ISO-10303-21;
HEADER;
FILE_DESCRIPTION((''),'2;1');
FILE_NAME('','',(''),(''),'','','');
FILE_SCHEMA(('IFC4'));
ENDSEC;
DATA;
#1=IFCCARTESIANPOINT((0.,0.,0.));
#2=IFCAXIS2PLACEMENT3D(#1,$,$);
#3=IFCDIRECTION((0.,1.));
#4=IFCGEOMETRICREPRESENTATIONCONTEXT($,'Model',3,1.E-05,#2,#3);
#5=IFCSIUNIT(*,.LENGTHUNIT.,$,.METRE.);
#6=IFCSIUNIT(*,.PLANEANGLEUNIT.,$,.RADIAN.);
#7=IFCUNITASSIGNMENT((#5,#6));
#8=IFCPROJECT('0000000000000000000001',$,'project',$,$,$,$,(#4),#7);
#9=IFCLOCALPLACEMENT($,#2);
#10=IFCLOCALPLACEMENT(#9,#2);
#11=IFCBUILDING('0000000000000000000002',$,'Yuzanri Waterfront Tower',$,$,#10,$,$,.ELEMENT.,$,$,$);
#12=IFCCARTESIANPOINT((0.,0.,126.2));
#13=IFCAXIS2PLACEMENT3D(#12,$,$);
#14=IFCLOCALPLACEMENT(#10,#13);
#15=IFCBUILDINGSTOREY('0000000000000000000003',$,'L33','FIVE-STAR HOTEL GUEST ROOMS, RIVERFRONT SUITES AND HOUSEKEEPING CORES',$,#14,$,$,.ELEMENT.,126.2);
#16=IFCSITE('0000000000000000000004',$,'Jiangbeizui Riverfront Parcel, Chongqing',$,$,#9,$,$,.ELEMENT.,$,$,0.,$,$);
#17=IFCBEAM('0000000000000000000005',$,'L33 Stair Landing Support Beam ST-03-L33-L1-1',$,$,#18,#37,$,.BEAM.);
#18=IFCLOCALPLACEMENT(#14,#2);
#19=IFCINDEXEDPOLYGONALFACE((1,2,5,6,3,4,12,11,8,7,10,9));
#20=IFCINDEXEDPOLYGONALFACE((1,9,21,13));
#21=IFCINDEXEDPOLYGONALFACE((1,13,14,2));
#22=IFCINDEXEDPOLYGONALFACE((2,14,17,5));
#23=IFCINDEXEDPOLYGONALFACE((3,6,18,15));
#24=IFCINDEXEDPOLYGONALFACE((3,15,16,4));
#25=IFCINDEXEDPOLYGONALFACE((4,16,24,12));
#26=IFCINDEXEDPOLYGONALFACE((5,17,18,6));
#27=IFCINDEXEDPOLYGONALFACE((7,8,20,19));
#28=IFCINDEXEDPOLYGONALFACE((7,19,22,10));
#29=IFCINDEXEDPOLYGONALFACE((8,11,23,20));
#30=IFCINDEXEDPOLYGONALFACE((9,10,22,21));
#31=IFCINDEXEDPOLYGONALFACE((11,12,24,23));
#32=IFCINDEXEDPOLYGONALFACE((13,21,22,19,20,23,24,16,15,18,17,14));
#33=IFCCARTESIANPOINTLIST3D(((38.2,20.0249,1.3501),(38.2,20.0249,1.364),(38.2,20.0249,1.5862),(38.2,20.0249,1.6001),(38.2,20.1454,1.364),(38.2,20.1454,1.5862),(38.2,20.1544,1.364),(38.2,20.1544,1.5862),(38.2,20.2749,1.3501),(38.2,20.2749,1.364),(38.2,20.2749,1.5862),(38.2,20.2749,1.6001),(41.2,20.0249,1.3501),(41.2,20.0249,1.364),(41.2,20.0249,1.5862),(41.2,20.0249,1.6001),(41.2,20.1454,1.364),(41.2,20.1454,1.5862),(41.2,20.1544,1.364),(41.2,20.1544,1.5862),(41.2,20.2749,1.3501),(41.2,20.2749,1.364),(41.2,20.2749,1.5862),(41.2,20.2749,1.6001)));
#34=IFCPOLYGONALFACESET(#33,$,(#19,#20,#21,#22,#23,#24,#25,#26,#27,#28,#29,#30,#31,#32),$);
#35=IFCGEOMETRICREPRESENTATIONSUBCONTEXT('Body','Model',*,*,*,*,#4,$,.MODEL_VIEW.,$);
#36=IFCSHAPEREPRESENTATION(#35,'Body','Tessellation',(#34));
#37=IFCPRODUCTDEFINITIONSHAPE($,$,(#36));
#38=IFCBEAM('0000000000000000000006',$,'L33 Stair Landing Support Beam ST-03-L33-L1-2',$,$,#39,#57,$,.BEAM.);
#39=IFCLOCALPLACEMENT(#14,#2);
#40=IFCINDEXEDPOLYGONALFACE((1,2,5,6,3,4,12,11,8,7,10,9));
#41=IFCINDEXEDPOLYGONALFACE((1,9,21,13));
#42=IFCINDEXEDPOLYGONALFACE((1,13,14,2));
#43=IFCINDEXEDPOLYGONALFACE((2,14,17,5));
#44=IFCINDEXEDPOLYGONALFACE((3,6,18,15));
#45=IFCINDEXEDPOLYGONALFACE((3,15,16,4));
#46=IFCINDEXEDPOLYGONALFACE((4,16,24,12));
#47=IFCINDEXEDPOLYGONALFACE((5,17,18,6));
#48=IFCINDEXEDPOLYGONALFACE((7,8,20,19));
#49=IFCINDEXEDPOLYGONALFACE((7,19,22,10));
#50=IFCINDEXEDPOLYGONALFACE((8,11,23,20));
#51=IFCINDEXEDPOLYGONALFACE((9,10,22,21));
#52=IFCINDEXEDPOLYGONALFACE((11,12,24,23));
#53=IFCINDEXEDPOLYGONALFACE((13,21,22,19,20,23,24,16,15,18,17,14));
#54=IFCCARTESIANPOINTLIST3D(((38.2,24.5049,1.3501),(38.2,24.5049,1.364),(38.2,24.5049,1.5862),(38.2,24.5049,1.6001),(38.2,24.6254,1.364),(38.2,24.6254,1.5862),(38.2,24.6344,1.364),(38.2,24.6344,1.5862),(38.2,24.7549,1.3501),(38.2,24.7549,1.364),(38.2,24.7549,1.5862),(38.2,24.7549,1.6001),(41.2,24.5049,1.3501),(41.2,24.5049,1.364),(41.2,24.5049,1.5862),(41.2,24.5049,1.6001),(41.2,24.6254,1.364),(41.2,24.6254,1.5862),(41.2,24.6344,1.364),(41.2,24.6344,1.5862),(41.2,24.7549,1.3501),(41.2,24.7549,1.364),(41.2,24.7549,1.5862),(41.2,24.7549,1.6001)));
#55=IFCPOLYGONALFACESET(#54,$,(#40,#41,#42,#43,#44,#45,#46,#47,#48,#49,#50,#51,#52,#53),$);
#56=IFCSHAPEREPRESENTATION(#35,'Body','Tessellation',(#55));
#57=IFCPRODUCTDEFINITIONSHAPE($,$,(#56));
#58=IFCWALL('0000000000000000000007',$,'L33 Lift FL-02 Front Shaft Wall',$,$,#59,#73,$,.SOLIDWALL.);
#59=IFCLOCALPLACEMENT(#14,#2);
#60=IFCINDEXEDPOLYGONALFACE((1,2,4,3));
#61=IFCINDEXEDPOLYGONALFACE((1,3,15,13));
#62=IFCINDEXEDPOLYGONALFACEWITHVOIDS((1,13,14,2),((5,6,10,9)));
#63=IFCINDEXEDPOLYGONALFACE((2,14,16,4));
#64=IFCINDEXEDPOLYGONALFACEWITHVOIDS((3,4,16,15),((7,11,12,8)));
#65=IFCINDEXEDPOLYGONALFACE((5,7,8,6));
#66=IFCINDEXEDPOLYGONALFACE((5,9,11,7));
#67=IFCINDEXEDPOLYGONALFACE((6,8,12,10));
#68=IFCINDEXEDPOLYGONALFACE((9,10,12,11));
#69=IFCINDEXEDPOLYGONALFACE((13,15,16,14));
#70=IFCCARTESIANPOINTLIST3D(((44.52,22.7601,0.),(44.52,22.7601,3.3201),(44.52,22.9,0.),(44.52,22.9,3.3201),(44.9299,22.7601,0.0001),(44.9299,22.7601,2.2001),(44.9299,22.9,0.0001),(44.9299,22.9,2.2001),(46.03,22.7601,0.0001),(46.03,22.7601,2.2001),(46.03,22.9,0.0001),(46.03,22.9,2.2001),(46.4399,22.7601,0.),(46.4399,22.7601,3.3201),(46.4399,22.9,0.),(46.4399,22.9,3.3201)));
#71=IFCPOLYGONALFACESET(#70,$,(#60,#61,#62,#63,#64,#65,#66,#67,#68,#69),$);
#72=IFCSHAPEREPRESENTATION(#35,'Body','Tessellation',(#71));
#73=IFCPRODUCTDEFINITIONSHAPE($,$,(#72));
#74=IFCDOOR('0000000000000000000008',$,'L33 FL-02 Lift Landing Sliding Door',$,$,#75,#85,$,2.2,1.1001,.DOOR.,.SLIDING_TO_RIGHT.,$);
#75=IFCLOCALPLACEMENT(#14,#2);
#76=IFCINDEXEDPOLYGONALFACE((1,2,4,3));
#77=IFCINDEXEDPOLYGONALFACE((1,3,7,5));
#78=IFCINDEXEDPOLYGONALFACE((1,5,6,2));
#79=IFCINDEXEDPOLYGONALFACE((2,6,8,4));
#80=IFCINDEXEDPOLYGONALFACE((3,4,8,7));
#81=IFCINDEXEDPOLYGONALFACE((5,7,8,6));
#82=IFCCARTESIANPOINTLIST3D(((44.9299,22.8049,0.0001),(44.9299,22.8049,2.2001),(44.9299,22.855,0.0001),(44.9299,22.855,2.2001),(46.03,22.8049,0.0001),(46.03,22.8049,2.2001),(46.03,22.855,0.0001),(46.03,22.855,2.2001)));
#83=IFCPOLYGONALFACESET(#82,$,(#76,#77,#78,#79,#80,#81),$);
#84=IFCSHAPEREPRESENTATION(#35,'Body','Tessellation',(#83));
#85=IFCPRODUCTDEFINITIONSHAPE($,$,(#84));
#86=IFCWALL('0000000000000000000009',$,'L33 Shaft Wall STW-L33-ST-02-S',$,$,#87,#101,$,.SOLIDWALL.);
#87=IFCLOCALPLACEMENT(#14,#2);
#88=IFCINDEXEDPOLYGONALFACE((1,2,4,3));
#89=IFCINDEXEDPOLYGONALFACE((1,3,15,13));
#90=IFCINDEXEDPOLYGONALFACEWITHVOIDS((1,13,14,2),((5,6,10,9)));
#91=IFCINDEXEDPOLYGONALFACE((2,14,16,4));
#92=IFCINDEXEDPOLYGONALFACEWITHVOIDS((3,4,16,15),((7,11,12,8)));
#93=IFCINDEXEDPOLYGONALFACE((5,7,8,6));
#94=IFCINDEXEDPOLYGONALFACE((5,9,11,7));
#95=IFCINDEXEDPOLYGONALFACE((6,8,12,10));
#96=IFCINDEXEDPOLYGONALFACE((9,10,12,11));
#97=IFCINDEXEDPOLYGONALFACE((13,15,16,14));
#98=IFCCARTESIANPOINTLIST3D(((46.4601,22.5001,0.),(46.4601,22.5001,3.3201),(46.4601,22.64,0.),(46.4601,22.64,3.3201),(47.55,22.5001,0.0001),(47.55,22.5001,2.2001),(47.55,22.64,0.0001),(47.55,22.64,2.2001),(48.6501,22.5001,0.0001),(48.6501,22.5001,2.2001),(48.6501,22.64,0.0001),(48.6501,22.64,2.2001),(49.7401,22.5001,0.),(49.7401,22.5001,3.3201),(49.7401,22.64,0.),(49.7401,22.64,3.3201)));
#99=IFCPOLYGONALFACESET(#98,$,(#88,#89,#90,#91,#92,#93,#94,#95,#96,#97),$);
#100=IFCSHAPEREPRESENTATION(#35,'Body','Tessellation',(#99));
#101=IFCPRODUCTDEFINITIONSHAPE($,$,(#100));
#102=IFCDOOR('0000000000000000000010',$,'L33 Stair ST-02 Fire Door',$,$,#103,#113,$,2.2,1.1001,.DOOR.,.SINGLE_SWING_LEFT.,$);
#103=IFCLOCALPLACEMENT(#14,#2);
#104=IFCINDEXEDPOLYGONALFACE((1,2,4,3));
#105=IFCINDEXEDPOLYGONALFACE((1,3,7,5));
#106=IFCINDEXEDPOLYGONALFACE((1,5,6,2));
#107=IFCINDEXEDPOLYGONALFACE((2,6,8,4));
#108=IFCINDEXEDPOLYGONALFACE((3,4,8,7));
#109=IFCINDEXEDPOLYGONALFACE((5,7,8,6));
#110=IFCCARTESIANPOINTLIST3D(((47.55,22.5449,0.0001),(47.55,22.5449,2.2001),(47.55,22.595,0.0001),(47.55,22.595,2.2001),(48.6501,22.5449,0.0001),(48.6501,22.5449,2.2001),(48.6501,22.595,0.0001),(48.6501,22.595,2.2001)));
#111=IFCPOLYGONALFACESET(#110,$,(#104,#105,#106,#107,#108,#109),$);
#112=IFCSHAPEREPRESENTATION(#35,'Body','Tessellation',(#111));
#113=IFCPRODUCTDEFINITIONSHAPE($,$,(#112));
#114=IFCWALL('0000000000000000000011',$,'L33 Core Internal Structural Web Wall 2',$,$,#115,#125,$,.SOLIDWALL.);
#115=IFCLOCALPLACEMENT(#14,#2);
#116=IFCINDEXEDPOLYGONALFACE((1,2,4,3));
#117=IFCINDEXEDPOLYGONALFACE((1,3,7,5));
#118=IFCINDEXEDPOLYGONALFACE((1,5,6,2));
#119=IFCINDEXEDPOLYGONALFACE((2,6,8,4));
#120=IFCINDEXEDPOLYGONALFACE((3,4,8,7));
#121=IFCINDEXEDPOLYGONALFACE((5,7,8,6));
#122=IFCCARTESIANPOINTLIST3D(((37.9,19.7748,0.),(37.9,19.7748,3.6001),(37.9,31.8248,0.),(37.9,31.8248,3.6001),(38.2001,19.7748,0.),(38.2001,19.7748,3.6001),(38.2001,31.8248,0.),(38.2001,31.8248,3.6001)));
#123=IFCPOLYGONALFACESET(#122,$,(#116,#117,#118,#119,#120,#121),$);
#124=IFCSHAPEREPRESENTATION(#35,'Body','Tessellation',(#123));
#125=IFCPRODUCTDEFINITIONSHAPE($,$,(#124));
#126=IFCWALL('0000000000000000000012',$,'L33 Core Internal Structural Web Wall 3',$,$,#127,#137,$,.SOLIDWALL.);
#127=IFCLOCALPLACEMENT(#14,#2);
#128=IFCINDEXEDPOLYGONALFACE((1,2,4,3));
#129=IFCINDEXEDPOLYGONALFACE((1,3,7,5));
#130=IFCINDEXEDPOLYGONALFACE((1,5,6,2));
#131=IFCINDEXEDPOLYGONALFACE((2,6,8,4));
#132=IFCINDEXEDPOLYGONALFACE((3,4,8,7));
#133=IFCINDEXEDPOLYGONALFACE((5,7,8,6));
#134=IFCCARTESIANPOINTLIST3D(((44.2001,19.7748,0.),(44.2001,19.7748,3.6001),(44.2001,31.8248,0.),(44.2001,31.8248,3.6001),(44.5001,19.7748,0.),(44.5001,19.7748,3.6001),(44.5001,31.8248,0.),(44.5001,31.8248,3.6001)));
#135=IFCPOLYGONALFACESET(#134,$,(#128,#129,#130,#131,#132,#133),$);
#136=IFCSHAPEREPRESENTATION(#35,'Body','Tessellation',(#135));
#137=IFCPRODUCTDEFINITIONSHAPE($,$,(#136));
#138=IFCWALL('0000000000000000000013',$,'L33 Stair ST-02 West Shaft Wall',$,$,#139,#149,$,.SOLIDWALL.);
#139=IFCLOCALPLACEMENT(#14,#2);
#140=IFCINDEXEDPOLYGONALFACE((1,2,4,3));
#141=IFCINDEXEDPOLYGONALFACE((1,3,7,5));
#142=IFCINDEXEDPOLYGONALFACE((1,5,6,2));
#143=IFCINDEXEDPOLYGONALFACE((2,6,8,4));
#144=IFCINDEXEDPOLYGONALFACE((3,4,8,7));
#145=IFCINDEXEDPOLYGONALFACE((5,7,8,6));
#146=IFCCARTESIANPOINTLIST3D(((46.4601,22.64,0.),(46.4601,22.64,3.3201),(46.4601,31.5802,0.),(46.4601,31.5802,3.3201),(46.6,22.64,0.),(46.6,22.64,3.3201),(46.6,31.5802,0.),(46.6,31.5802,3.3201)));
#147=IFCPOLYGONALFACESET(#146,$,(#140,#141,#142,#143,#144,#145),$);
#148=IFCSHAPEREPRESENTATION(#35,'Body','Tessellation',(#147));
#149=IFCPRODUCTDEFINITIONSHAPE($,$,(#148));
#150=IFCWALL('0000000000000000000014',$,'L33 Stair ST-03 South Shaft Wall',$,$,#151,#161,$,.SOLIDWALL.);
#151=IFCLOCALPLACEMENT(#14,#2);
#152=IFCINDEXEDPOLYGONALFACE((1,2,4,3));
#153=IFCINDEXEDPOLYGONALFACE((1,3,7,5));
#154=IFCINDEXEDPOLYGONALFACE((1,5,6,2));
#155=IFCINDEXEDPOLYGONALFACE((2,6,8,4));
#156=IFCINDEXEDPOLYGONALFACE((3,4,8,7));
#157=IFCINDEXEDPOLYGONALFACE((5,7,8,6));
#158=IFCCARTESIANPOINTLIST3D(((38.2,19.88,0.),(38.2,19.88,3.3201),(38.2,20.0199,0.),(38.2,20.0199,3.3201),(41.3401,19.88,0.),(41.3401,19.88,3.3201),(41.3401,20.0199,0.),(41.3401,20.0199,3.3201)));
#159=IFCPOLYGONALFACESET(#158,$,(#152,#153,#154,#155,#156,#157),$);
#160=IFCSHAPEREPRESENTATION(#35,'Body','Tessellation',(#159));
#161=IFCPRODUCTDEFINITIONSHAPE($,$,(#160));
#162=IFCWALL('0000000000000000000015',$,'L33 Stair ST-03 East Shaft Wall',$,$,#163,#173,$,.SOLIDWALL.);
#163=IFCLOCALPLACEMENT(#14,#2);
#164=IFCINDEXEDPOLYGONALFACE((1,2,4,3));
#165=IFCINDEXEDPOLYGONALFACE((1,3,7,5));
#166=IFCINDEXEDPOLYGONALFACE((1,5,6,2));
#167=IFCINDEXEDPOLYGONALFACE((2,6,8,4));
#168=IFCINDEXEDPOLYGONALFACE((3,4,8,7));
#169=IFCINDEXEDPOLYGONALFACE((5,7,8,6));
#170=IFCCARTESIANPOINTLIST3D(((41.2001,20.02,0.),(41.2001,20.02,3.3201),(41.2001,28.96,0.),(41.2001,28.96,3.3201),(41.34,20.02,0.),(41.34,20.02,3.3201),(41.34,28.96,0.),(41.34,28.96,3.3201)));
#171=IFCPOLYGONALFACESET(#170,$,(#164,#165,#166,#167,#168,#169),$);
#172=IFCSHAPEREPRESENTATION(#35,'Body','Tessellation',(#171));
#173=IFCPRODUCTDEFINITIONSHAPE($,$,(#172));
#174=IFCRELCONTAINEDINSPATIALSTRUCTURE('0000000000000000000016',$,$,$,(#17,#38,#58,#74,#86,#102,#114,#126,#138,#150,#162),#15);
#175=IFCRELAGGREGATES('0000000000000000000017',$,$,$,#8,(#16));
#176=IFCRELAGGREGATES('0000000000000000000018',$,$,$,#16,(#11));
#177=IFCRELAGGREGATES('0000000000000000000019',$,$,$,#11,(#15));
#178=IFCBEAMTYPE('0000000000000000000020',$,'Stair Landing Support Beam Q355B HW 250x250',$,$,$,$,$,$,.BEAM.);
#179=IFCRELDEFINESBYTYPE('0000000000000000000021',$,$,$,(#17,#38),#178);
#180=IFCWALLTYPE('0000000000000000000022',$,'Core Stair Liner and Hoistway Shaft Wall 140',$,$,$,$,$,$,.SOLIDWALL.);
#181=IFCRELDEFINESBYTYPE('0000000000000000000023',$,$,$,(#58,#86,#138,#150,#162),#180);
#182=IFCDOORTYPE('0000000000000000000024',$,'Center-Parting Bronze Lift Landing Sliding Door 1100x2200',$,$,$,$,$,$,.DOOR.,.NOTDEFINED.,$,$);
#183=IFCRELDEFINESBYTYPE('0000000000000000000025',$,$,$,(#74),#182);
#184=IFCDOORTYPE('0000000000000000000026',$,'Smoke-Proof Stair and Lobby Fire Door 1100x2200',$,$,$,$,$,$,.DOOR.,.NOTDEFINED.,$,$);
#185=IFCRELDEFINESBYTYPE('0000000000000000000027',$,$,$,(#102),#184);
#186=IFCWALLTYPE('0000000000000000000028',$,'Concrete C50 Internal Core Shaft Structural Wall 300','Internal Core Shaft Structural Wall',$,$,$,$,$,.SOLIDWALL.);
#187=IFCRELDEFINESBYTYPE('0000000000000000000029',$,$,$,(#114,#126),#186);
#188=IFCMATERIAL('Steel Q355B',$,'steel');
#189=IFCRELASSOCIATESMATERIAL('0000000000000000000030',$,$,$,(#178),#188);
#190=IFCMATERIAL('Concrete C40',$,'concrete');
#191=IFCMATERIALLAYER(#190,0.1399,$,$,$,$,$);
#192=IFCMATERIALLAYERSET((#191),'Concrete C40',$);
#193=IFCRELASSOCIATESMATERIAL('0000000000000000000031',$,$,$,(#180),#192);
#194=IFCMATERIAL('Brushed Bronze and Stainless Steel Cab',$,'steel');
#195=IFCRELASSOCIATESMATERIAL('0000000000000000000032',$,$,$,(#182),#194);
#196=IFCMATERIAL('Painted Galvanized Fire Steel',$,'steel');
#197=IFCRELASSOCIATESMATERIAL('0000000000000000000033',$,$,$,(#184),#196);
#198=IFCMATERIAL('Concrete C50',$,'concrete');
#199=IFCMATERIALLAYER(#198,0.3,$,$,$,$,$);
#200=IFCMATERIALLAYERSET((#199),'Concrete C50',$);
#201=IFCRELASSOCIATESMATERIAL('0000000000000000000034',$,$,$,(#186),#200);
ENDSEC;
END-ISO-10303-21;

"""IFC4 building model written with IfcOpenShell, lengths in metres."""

from ifc_helpers import new_model, si_unit, direction, frame, frame_2d, origin, origin_2d, place, context, subcontext, project, spatial, rectangle, i_section, extrude, source, transform, mapped, material, layer, layer_set, material_profile, profile_set, type_object, element, fill, save


model = new_model("IFC4")

# Units and contexts
model_context = context("Model", 3, precision=1e-05, world=origin(), true_north=direction((0.0, 1.0)))
body_context = subcontext(model_context, "Body", "Model", "MODEL_VIEW")
ifc_project = project(units=[si_unit("LENGTHUNIT", "METRE"), si_unit("PLANEANGLEUNIT", "RADIAN")], contexts=[model_context])

# Site, building, storey
site_placement = place(None, origin())
site = spatial("IfcSite", under=ifc_project, at=site_placement, Name="Jiangbeizui Riverfront Parcel, Chongqing", CompositionType="ELEMENT", RefElevation=0.0)
building_placement = place(site_placement, origin())
building = spatial("IfcBuilding", under=site, at=building_placement, Name="Yuzanri Waterfront Tower", CompositionType="ELEMENT")
storey_placement = place(building_placement, frame((0.0, 0.0, 126.2)))
storey = spatial("IfcBuildingStorey", under=building, at=storey_placement, Name="L33", Description="FIVE-STAR HOTEL GUEST ROOMS, RIVERFRONT SUITES AND HOUSEKEEPING CORES", CompositionType="ELEMENT", Elevation=126.2)

# Beams
ifc_material_1 = material(Name="Steel Q355B", Category="steel")
ifc_material_profile = material_profile(ifc_material_1, i_section(OverallWidth=0.25, OverallDepth=0.25, WebThickness=0.009, FlangeThickness=0.0139, at=origin_2d()), Name="HW 250x250x9x14")
ifc_profile_set = profile_set([ifc_material_profile], Name="Steel Q355B")
beam_type = type_object("IfcBeamType", Name="Stair Landing Support Beam Q355B HW 250x250", PredefinedType="BEAM", material=ifc_profile_set)
shared_shape_1 = source(origin(), body_context, "Body", "SweptSolid", [
    extrude(i_section(OverallWidth=0.25, OverallDepth=0.25, WebThickness=0.009, FlangeThickness=0.0139, at=origin_2d()), origin(), (0.0, 0.0, 1.0), 3.0),
])
for number, where, z_axis, x_axis, name in (
    (1, (38.2, 20.1499, 1.4751), (1.0, 0.0, 0.0), (0.0, 1.0, 0.0), "L33 Stair Landing Support Beam ST-03-L33-L1-1"),
    (2, (38.2, 24.6299, 1.4751), (1.0, 0.0, 0.0), (0.0, 1.0, 0.0), "L33 Stair Landing Support Beam ST-03-L33-L1-2"),
):
    element("IfcBeam", number, at=place(storey_placement, frame(where, z_axis=z_axis, x_axis=x_axis)), inside=storey, type_object=beam_type, Name=name, PredefinedType="BEAM", context=body_context, shape_type="MappedRepresentation", body=[
        mapped(shared_shape_1, transform((0.0, 0.0, 0.0), scale=1.0)),
    ])

# Walls, openings, doors
ifc_material_2 = material(Name="Concrete C40", Category="concrete")
ifc_layer_1 = layer(ifc_material_2, 0.1399)
ifc_layer_set_1 = layer_set([ifc_layer_1], Name="Concrete C40")
wall_type_1 = type_object("IfcWallType", Name="Core Stair Liner and Hoistway Shaft Wall 140", PredefinedType="SOLIDWALL", material=ifc_layer_set_1)
wall_1_placement = place(storey_placement, frame((44.52, 22.8301, 0.0), z_axis=(0.0, 0.0, 1.0), x_axis=(1.0, 0.0, 0.0)))
wall_1 = element("IfcWall", 3, at=wall_1_placement, inside=storey, type_object=wall_type_1, Name="L33 Lift FL-02 Front Shaft Wall", PredefinedType="SOLIDWALL", context=body_context, shape_type="SweptSolid", body=[
    extrude(rectangle(XDim=1.9199, YDim=0.1399, at=frame_2d((0.96, 0.0))), origin(), (0.0, 0.0, 1.0), 3.3201),
])
opening_1_placement = place(wall_1_placement, frame((0.4099, 0.0, 0.0)))
opening_1 = element("IfcOpeningElement", 4, at=opening_1_placement, cuts=wall_1, PredefinedType="OPENING", context=body_context, shape_type="SweptSolid", body=[
    extrude(rectangle(XDim=1.1001, YDim=2.2, at=frame_2d((0.55, 1.1001))), frame((0.0, 0.085, 0.0), z_axis=(0.0, -1.0, 0.0), x_axis=(1.0, 0.0, 0.0)), (0.0, 0.0, 1.0), 0.1697),
])
ifc_material_3 = material(Name="Brushed Bronze and Stainless Steel Cab", Category="steel")
door_type_1 = type_object("IfcDoorType", Name="Center-Parting Bronze Lift Landing Sliding Door 1100x2200", OperationType="NOTDEFINED", PredefinedType="DOOR", material=ifc_material_3)
shared_shape_2 = source(origin(), body_context, "Body", "SweptSolid", [
    extrude(rectangle(XDim=1.1001, YDim=2.2, at=frame_2d((0.55, 1.1001))), frame((0.0, 0.0249, 0.0), z_axis=(0.0, -1.0, 0.0), x_axis=(1.0, 0.0, 0.0)), (0.0, 0.0, 1.0), 0.05),
])
door_1_placement = place(opening_1_placement, origin())
door_1 = element("IfcDoor", 5, at=door_1_placement, inside=storey, type_object=door_type_1, Name="L33 FL-02 Lift Landing Sliding Door", OperationType="SLIDING_TO_RIGHT", OverallHeight=2.2, OverallWidth=1.1001, PredefinedType="DOOR", context=body_context, shape_type="MappedRepresentation", body=[
    mapped(shared_shape_2, transform((0.0, 0.0, 0.0), scale=1.0)),
])
fill(opening_1, door_1)
wall_2_placement = place(storey_placement, frame((46.46, 22.5701, 0.0), z_axis=(0.0, 0.0, 1.0), x_axis=(1.0, 0.0, 0.0)))
wall_2 = element("IfcWall", 6, at=wall_2_placement, inside=storey, type_object=wall_type_1, Name="L33 Shaft Wall STW-L33-ST-02-S", PredefinedType="SOLIDWALL", context=body_context, shape_type="SweptSolid", body=[
    extrude(rectangle(XDim=3.28, YDim=0.1399, at=frame_2d((1.6401, 0.0))), origin(), (0.0, 0.0, 1.0), 3.3201),
])
opening_2_placement = place(wall_2_placement, frame((1.0901, 0.0, 0.0)))
opening_2 = element("IfcOpeningElement", 7, at=opening_2_placement, cuts=wall_2, PredefinedType="OPENING", context=body_context, shape_type="SweptSolid", body=[
    extrude(rectangle(XDim=1.1001, YDim=2.2, at=frame_2d((0.55, 1.1001))), frame((0.0, 0.085, 0.0), z_axis=(0.0, -1.0, 0.0), x_axis=(1.0, 0.0, 0.0)), (0.0, 0.0, 1.0), 0.1697),
])
ifc_material_4 = material(Name="Painted Galvanized Fire Steel", Category="steel")
door_type_2 = type_object("IfcDoorType", Name="Smoke-Proof Stair and Lobby Fire Door 1100x2200", OperationType="NOTDEFINED", PredefinedType="DOOR", material=ifc_material_4)
shared_shape_3 = source(origin(), body_context, "Body", "SweptSolid", [
    extrude(rectangle(XDim=1.1001, YDim=2.2, at=frame_2d((0.55, 1.1001))), frame((0.0, 0.0249, 0.0), z_axis=(0.0, -1.0, 0.0), x_axis=(1.0, 0.0, 0.0)), (0.0, 0.0, 1.0), 0.05),
])
door_2_placement = place(opening_2_placement, origin())
door_2 = element("IfcDoor", 8, at=door_2_placement, inside=storey, type_object=door_type_2, Name="L33 Stair ST-02 Fire Door", OperationType="SINGLE_SWING_LEFT", OverallHeight=2.2, OverallWidth=1.1001, PredefinedType="DOOR", context=body_context, shape_type="MappedRepresentation", body=[
    mapped(shared_shape_3, transform((0.0, 0.0, 0.0), scale=1.0)),
])
fill(opening_2, door_2)

# Walls
ifc_material_5 = material(Name="Concrete C50", Category="concrete")
ifc_layer_2 = layer(ifc_material_5, 0.3)
ifc_layer_set_2 = layer_set([ifc_layer_2], Name="Concrete C50")
wall_type_2 = type_object("IfcWallType", Name="Concrete C50 Internal Core Shaft Structural Wall 300", Description="Internal Core Shaft Structural Wall", PredefinedType="SOLIDWALL", material=ifc_layer_set_2)
shared_shape_4 = source(origin(), body_context, "Body", "SweptSolid", [
    extrude(rectangle(XDim=12.05, YDim=0.3, at=frame_2d((6.0249, 0.0))), origin(), (0.0, 0.0, 1.0), 3.6001),
])
for number, where, z_axis, x_axis, name in (
    (9, (38.05, 19.7749, 0.0), (0.0, 0.0, 1.0), (0.0, 1.0, 0.0), "L33 Core Internal Structural Web Wall 2"),
    (10, (44.3501, 19.7749, 0.0), (0.0, 0.0, 1.0), (0.0, 1.0, 0.0), "L33 Core Internal Structural Web Wall 3"),
):
    element("IfcWall", number, at=place(storey_placement, frame(where, z_axis=z_axis, x_axis=x_axis)), inside=storey, type_object=wall_type_2, Name=name, PredefinedType="SOLIDWALL", context=body_context, shape_type="MappedRepresentation", body=[
        mapped(shared_shape_4, transform((0.0, 0.0, 0.0), scale=1.0)),
    ])
shared_shape_5 = source(origin(), body_context, "Body", "SweptSolid", [
    extrude(rectangle(XDim=8.9402, YDim=0.1399, at=frame_2d((4.4702, 0.0))), origin(), (0.0, 0.0, 1.0), 3.3201),
])
wall_3_placement = place(storey_placement, frame((46.53, 22.6399, 0.0), z_axis=(0.0, 0.0, 1.0), x_axis=(0.0, 1.0, 0.0)))
element("IfcWall", 11, at=wall_3_placement, inside=storey, type_object=wall_type_1, Name="L33 Stair ST-02 West Shaft Wall", PredefinedType="SOLIDWALL", context=body_context, shape_type="MappedRepresentation", body=[
    mapped(shared_shape_5, transform((0.0, 0.0, 0.0), scale=1.0)),
])
shared_shape_6 = source(origin(), body_context, "Body", "SweptSolid", [
    extrude(rectangle(XDim=3.1401, YDim=0.1399, at=frame_2d((1.5701, 0.0))), origin(), (0.0, 0.0, 1.0), 3.3201),
])
wall_4_placement = place(storey_placement, frame((38.2, 19.95, 0.0), z_axis=(0.0, 0.0, 1.0), x_axis=(1.0, 0.0, 0.0)))
element("IfcWall", 12, at=wall_4_placement, inside=storey, type_object=wall_type_1, Name="L33 Stair ST-03 South Shaft Wall", PredefinedType="SOLIDWALL", context=body_context, shape_type="MappedRepresentation", body=[
    mapped(shared_shape_6, transform((0.0, 0.0, 0.0), scale=1.0)),
])
shared_shape_7 = source(origin(), body_context, "Body", "SweptSolid", [
    extrude(rectangle(XDim=8.9399, YDim=0.1399, at=frame_2d((4.47, 0.0))), origin(), (0.0, 0.0, 1.0), 3.3201),
])
wall_5_placement = place(storey_placement, frame((41.27, 20.02, 0.0), z_axis=(0.0, 0.0, 1.0), x_axis=(0.0, 1.0, 0.0)))
element("IfcWall", 13, at=wall_5_placement, inside=storey, type_object=wall_type_1, Name="L33 Stair ST-03 East Shaft Wall", PredefinedType="SOLIDWALL", context=body_context, shape_type="MappedRepresentation", body=[
    mapped(shared_shape_7, transform((0.0, 0.0, 0.0), scale=1.0)),
])

save(model, "model.ifc")
